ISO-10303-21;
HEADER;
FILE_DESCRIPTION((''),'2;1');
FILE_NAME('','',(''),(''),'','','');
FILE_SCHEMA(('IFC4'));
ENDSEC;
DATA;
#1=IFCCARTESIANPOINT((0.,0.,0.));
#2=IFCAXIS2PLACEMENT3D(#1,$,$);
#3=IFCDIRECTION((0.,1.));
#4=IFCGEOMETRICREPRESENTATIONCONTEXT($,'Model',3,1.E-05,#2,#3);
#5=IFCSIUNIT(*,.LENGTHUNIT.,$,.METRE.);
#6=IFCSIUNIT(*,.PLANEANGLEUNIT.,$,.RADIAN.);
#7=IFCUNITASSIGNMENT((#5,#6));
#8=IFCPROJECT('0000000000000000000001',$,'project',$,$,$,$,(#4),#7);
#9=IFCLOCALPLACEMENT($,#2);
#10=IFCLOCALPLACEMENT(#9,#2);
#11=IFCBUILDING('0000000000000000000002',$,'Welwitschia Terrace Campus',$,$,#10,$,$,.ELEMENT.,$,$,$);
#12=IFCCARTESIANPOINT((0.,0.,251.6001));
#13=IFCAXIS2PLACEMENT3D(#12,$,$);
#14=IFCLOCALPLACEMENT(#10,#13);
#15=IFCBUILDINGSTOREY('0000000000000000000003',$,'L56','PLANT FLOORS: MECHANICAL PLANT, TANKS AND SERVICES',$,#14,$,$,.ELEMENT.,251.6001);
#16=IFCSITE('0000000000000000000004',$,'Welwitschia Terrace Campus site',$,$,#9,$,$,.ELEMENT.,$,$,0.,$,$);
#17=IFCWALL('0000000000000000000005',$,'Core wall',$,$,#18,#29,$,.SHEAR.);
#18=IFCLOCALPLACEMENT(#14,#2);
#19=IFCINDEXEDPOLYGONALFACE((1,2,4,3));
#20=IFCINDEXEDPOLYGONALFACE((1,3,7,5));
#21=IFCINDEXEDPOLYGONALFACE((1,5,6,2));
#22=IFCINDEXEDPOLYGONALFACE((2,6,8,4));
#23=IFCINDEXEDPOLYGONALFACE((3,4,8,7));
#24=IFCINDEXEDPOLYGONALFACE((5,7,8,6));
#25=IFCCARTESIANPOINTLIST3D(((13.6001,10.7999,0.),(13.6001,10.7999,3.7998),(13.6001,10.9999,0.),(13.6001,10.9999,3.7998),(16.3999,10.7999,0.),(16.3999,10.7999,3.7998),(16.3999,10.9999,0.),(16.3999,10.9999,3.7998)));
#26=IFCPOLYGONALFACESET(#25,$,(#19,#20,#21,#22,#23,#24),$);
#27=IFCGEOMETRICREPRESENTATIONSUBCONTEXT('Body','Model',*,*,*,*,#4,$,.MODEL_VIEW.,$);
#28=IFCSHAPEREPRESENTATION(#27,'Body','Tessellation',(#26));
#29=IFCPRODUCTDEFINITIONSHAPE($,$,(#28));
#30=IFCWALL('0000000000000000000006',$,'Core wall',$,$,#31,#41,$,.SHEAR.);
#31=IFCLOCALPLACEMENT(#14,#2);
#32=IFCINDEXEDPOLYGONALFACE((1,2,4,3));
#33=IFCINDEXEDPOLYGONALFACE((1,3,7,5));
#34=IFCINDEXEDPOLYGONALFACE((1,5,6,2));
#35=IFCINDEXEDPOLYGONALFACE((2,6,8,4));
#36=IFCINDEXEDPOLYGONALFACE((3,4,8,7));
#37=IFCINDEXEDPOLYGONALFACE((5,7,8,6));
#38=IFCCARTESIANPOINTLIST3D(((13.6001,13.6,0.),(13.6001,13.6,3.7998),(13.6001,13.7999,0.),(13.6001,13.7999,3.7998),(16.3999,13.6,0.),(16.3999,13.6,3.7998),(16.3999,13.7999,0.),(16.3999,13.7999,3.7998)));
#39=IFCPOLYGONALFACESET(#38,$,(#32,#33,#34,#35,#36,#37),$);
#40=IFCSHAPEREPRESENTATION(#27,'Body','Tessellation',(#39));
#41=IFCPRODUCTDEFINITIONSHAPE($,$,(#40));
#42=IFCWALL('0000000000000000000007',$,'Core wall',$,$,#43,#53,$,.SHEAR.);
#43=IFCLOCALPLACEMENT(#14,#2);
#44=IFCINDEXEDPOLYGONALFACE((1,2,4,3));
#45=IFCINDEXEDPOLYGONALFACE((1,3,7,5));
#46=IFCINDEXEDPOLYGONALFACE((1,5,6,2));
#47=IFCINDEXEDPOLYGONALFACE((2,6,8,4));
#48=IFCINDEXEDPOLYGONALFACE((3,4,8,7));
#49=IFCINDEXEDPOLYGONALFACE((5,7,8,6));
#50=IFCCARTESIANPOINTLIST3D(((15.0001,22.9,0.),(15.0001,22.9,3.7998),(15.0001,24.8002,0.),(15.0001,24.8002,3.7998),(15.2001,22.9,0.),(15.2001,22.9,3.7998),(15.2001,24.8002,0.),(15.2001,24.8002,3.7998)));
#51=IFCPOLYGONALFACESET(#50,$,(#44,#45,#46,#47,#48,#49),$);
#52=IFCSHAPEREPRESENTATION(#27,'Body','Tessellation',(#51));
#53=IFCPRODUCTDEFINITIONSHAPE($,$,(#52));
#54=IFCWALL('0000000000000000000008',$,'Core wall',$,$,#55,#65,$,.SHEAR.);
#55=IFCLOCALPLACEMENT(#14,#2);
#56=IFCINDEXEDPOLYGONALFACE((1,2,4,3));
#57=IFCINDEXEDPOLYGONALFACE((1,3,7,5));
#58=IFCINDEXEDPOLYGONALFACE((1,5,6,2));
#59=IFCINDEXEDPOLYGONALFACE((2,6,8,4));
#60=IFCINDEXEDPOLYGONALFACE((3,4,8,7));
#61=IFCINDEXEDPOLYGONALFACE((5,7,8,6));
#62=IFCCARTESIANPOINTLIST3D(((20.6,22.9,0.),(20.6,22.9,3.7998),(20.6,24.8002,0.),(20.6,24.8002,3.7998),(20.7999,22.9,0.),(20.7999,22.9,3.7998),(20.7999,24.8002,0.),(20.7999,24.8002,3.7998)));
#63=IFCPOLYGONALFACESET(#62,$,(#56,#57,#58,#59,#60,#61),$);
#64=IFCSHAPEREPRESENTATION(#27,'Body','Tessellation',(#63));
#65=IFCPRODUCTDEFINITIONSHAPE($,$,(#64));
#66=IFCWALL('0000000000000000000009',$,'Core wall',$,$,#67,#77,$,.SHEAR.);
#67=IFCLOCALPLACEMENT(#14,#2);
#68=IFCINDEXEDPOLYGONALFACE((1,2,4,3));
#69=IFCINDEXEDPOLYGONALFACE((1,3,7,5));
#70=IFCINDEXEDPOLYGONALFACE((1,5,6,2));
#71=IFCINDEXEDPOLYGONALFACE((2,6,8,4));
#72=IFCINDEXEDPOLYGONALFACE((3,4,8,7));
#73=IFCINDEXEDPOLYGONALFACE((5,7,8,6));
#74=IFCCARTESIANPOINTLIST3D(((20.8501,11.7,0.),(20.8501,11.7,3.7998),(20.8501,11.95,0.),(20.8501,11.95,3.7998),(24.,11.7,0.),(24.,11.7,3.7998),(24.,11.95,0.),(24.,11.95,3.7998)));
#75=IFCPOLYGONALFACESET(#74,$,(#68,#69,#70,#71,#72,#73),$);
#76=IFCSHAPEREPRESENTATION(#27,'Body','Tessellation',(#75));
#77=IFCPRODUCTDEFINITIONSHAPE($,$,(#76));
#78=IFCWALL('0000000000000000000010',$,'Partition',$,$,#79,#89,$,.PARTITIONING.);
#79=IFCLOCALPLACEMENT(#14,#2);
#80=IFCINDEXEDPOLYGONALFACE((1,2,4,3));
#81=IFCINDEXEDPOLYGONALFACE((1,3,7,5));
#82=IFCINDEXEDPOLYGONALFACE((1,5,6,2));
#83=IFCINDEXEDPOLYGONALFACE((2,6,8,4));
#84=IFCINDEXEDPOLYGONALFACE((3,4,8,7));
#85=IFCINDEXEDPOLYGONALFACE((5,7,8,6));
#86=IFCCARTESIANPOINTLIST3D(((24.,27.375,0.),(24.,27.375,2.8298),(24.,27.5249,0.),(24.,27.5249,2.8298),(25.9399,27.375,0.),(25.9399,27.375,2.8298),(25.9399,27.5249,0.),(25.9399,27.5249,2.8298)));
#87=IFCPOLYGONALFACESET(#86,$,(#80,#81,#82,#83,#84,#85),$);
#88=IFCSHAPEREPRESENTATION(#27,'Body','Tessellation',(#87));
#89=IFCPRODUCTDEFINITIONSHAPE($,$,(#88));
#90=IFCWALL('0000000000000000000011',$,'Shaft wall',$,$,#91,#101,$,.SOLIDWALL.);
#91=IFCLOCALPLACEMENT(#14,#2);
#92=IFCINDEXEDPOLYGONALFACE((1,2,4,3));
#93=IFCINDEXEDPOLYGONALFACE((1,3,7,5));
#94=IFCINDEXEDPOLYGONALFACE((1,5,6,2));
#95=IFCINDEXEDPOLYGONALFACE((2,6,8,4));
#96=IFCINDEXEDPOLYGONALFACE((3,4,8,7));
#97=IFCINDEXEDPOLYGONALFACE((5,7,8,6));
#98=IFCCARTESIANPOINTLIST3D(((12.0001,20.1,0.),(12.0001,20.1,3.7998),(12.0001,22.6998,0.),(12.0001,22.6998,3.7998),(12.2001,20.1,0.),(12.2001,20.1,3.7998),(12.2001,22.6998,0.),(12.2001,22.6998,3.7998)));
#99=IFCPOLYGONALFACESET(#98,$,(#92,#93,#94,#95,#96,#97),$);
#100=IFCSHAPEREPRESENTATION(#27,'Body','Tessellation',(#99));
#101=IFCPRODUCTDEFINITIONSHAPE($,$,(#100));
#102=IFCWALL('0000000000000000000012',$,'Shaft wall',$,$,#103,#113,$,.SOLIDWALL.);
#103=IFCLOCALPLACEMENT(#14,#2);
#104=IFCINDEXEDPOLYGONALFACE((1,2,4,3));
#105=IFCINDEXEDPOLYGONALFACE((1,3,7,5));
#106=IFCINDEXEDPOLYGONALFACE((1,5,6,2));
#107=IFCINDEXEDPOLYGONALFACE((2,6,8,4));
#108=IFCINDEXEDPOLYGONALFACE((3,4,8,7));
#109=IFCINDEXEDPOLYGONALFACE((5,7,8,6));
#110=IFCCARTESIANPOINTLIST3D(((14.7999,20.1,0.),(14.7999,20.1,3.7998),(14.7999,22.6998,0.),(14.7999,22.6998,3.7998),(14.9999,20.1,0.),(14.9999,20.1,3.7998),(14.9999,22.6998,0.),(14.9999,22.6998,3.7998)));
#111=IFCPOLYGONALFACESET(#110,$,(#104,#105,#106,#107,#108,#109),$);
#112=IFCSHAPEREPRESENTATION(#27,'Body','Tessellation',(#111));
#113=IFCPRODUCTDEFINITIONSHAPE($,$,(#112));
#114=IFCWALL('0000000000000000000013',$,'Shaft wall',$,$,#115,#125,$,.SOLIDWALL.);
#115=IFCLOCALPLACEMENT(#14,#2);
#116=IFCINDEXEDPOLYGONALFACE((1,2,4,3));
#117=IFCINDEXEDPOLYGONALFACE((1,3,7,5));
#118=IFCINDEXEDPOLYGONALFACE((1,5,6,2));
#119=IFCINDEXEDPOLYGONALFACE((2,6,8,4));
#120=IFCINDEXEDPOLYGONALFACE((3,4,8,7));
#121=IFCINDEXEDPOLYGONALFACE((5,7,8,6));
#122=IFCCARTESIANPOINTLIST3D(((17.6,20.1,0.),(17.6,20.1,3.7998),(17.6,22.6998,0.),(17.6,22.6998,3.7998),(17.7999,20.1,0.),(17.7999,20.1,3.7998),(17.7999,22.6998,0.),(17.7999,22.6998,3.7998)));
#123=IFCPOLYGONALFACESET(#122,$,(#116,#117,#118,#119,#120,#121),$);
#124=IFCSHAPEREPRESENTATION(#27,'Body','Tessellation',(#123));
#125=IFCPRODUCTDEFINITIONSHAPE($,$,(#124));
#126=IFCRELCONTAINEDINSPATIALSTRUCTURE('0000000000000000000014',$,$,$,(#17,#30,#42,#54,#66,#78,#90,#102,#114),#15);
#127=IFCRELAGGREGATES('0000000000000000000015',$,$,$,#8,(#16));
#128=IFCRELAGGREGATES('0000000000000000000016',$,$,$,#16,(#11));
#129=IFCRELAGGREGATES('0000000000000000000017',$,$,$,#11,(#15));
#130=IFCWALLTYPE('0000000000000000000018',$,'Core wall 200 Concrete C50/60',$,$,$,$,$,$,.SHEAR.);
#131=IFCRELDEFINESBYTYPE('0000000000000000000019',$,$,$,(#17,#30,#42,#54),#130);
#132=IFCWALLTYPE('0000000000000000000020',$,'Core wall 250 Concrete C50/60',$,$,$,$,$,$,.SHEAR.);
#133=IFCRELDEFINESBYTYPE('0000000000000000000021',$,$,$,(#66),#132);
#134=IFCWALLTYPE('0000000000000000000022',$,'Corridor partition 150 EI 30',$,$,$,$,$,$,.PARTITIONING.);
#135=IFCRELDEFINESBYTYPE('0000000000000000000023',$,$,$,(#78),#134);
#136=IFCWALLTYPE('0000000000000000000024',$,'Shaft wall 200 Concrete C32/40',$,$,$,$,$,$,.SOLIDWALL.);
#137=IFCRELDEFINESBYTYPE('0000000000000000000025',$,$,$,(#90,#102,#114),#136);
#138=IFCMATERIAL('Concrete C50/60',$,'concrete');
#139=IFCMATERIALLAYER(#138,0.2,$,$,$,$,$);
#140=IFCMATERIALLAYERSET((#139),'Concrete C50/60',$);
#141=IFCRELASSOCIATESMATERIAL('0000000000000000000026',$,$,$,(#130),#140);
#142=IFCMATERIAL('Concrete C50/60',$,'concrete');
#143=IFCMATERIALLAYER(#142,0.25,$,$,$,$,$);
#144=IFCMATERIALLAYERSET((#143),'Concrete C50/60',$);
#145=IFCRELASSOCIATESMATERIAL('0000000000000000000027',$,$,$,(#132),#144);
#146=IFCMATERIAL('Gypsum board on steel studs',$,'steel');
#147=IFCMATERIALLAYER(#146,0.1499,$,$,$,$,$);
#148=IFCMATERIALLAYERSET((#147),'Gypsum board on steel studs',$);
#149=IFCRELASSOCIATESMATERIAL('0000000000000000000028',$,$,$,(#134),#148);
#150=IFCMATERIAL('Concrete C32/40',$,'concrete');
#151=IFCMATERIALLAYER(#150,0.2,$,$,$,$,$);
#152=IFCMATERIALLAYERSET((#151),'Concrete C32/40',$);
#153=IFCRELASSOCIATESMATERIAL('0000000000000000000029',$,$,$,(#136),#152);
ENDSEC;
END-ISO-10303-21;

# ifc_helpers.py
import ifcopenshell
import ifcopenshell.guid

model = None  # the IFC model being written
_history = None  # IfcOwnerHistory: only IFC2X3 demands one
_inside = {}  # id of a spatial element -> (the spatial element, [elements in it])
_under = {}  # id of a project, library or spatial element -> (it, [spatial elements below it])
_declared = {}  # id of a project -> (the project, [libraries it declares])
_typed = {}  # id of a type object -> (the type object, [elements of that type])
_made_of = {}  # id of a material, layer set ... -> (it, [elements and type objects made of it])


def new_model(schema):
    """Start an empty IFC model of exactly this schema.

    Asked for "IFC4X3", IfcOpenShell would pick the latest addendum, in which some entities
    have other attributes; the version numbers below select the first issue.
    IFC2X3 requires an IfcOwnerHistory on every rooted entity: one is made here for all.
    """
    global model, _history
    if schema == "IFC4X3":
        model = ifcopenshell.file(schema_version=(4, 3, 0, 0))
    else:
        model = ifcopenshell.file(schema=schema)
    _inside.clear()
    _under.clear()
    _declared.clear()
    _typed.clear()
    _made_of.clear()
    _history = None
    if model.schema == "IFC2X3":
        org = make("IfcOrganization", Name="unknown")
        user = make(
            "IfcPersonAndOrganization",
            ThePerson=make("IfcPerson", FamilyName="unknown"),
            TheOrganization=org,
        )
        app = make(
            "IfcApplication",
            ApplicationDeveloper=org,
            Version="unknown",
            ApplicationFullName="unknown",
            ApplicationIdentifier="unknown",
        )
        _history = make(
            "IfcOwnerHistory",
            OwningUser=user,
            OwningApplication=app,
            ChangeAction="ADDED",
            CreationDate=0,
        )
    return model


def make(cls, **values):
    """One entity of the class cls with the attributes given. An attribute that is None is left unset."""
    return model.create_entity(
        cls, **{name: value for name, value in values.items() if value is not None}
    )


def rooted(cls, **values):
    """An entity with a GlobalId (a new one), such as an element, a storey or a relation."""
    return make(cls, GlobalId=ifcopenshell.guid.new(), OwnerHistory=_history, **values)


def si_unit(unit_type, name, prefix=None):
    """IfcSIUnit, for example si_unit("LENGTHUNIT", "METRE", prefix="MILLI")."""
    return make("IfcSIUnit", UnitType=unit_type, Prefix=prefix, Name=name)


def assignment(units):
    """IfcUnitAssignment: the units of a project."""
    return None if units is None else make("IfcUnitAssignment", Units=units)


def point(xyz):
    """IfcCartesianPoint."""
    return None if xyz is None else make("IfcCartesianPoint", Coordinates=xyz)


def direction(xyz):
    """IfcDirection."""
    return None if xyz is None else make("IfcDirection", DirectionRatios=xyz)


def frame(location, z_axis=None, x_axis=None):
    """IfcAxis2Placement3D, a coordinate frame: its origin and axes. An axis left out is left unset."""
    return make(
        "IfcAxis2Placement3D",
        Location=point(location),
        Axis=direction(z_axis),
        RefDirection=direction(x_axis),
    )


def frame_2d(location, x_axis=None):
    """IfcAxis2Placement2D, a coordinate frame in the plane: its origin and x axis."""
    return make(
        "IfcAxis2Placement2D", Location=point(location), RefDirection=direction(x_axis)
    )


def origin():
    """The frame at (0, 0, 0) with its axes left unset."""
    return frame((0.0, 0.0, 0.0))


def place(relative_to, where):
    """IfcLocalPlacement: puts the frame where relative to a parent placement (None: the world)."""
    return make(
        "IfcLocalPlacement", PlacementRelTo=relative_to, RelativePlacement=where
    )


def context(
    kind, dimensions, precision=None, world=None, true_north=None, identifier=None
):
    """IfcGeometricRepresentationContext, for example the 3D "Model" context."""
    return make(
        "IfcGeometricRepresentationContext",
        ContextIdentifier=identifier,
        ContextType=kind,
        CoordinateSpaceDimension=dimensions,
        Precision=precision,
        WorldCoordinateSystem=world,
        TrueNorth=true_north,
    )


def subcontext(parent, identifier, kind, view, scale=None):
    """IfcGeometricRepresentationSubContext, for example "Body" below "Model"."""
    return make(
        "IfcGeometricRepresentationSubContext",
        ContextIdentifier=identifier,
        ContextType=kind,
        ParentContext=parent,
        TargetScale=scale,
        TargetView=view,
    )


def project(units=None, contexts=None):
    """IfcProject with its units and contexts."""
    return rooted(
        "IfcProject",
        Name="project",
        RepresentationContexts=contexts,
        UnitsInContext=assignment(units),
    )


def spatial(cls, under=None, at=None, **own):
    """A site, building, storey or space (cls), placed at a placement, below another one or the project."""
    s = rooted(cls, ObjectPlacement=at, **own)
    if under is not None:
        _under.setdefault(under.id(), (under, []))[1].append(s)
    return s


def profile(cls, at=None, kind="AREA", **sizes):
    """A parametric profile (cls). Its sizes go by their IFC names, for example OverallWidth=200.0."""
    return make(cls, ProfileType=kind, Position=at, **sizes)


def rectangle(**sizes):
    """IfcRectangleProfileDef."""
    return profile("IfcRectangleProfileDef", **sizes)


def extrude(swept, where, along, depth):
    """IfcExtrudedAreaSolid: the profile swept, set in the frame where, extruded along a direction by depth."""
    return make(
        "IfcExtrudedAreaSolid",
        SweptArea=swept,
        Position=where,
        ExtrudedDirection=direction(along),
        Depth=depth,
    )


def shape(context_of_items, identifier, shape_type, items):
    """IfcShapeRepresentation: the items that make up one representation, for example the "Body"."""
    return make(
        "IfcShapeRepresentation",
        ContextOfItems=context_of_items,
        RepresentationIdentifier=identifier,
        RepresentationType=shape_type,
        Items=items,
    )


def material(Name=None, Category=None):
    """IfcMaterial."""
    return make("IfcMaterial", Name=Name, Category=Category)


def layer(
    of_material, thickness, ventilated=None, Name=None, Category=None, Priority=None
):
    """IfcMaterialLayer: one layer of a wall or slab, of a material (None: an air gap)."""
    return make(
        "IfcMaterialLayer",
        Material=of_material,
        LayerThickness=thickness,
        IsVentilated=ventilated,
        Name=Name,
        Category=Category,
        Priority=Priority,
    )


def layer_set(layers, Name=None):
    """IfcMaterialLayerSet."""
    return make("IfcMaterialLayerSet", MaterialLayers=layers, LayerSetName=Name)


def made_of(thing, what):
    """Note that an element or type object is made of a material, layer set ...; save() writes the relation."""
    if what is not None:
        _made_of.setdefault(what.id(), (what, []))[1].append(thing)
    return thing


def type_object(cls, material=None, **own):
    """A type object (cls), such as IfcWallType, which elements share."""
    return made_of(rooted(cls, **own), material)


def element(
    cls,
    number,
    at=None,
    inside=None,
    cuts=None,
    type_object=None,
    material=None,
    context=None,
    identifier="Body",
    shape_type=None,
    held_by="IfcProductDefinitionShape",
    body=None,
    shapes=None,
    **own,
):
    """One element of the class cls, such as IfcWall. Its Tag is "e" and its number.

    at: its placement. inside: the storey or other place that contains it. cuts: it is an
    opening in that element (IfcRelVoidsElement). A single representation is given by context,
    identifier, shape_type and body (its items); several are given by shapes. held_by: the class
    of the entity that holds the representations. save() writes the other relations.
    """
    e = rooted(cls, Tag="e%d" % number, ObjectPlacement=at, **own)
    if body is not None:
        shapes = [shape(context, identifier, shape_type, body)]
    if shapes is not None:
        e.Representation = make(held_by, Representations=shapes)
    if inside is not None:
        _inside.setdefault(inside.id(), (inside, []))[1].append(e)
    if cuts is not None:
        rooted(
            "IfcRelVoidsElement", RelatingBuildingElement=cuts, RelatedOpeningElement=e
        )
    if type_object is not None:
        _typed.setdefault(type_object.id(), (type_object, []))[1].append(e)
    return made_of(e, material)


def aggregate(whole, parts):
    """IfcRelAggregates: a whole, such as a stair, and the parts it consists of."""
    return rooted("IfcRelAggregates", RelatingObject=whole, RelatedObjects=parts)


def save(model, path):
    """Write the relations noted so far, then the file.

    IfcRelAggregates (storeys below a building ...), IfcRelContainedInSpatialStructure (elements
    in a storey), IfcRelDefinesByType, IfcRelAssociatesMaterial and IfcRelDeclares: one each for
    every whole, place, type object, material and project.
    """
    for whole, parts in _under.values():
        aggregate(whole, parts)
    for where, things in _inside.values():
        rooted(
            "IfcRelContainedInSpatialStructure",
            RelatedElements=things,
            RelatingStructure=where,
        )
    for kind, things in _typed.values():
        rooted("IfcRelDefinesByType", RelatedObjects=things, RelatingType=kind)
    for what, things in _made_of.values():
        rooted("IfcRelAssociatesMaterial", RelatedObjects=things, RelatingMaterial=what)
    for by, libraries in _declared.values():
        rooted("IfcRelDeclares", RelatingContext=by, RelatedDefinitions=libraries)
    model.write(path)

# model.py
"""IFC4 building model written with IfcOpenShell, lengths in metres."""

from ifc_helpers import new_model, si_unit, direction, frame, frame_2d, origin, place, context, subcontext, project, spatial, rectangle, extrude, material, layer, layer_set, type_object, element, save


model = new_model("IFC4")

# Units and contexts
model_context = context("Model", 3, precision=1e-05, world=origin(), true_north=direction((0.0, 1.0)))
body_context = subcontext(model_context, "Body", "Model", "MODEL_VIEW")
ifc_project = project(units=[si_unit("LENGTHUNIT", "METRE"), si_unit("PLANEANGLEUNIT", "RADIAN")], contexts=[model_context])

# Site, building, storey
site_placement = place(None, origin())
site = spatial("IfcSite", under=ifc_project, at=site_placement, Name="Welwitschia Terrace Campus site", CompositionType="ELEMENT", RefElevation=0.0)
building_placement = place(site_placement, origin())
building = spatial("IfcBuilding", under=site, at=building_placement, Name="Welwitschia Terrace Campus", CompositionType="ELEMENT")
storey_placement = place(building_placement, frame((0.0, 0.0, 251.6001)))
storey = spatial("IfcBuildingStorey", under=building, at=storey_placement, Name="L56", Description="PLANT FLOORS: MECHANICAL PLANT, TANKS AND SERVICES", CompositionType="ELEMENT", Elevation=251.6001)

# Walls
ifc_material_1 = material(Name="Concrete C50/60", Category="concrete")
ifc_layer_1 = layer(ifc_material_1, 0.2)
ifc_layer_set_1 = layer_set([ifc_layer_1], Name="Concrete C50/60")
wall_type_1 = type_object("IfcWallType", Name="Core wall 200 Concrete C50/60", PredefinedType="SHEAR", material=ifc_layer_set_1)
for number, where, z_axis, x_axis, name in (
    (1, (13.6001, 10.8999, 0.0), (0.0, 0.0, 1.0), (1.0, 0.0, 0.0), "Core wall"),
    (2, (13.6001, 13.7, 0.0), (0.0, 0.0, 1.0), (1.0, 0.0, 0.0), "Core wall"),
):
    element("IfcWall", number, at=place(storey_placement, frame(where, z_axis=z_axis, x_axis=x_axis)), inside=storey, type_object=wall_type_1, Name=name, PredefinedType="SHEAR", context=body_context, shape_type="SweptSolid", body=[
        extrude(rectangle(XDim=2.7998, YDim=0.2, at=frame_2d((1.3999, 0.0))), origin(), (0.0, 0.0, 1.0), 3.7998),
    ])
for number, where, z_axis, x_axis, name in (
    (3, (15.1001, 22.8999, 0.0), (0.0, 0.0, 1.0), (0.0, 1.0, 0.0), "Core wall"),
    (4, (20.7, 22.8999, 0.0), (0.0, 0.0, 1.0), (0.0, 1.0, 0.0), "Core wall"),
):
    element("IfcWall", number, at=place(storey_placement, frame(where, z_axis=z_axis, x_axis=x_axis)), inside=storey, type_object=wall_type_1, Name=name, PredefinedType="SHEAR", context=body_context, shape_type="SweptSolid", body=[
        extrude(rectangle(XDim=1.9001, YDim=0.2, at=frame_2d((0.9502, 0.0))), origin(), (0.0, 0.0, 1.0), 3.7998),
    ])
ifc_material_2 = material(Name="Concrete C50/60", Category="concrete")
ifc_layer_2 = layer(ifc_material_2, 0.25)
ifc_layer_set_2 = layer_set([ifc_layer_2], Name="Concrete C50/60")
wall_type_2 = type_object("IfcWallType", Name="Core wall 250 Concrete C50/60", PredefinedType="SHEAR", material=ifc_layer_set_2)
wall_1_placement = place(storey_placement, frame((20.8501, 11.825, 0.0), z_axis=(0.0, 0.0, 1.0), x_axis=(1.0, 0.0, 0.0)))
element("IfcWall", 5, at=wall_1_placement, inside=storey, type_object=wall_type_2, Name="Core wall", PredefinedType="SHEAR", context=body_context, shape_type="SweptSolid", body=[
    extrude(rectangle(XDim=3.1499, YDim=0.25, at=frame_2d((1.575, 0.0))), origin(), (0.0, 0.0, 1.0), 3.7998),
])
ifc_material_3 = material(Name="Gypsum board on steel studs", Category="steel")
ifc_layer_3 = layer(ifc_material_3, 0.1499)
ifc_layer_set_3 = layer_set([ifc_layer_3], Name="Gypsum board on steel studs")
wall_type_3 = type_object("IfcWallType", Name="Corridor partition 150 EI 30", PredefinedType="PARTITIONING", material=ifc_layer_set_3)
wall_2_placement = place(storey_placement, frame((24.0, 27.45, 0.0), z_axis=(0.0, 0.0, 1.0), x_axis=(1.0, 0.0, 0.0)))
element("IfcWall", 6, at=wall_2_placement, inside=storey, type_object=wall_type_3, Name="Partition", PredefinedType="PARTITIONING", context=body_context, shape_type="SweptSolid", body=[
    extrude(rectangle(XDim=1.9399, YDim=0.1499, at=frame_2d((0.97, 0.0))), origin(), (0.0, 0.0, 1.0), 2.8298),
])
ifc_material_4 = material(Name="Concrete C32/40", Category="concrete")
ifc_layer_4 = layer(ifc_material_4, 0.2)
ifc_layer_set_4 = layer_set([ifc_layer_4], Name="Concrete C32/40")
wall_type_4 = type_object("IfcWallType", Name="Shaft wall 200 Concrete C32/40", PredefinedType="SOLIDWALL", material=ifc_layer_set_4)
for number, where, z_axis, x_axis, name in (
    (7, (12.1001, 20.1001, 0.0), (0.0, 0.0, 1.0), (0.0, 1.0, 0.0), "Shaft wall"),
    (8, (14.8999, 20.1001, 0.0), (0.0, 0.0, 1.0), (0.0, 1.0, 0.0), "Shaft wall"),
    (9, (17.7, 20.1001, 0.0), (0.0, 0.0, 1.0), (0.0, 1.0, 0.0), "Shaft wall"),
):
    element("IfcWall", number, at=place(storey_placement, frame(where, z_axis=z_axis, x_axis=x_axis)), inside=storey, type_object=wall_type_4, Name=name, PredefinedType="SOLIDWALL", context=body_context, shape_type="SweptSolid", body=[
        extrude(rectangle(XDim=2.5999, YDim=0.2, at=frame_2d((1.2998, 0.0))), origin(), (0.0, 0.0, 1.0), 3.7998),
    ])

save(model, "model.ifc")
